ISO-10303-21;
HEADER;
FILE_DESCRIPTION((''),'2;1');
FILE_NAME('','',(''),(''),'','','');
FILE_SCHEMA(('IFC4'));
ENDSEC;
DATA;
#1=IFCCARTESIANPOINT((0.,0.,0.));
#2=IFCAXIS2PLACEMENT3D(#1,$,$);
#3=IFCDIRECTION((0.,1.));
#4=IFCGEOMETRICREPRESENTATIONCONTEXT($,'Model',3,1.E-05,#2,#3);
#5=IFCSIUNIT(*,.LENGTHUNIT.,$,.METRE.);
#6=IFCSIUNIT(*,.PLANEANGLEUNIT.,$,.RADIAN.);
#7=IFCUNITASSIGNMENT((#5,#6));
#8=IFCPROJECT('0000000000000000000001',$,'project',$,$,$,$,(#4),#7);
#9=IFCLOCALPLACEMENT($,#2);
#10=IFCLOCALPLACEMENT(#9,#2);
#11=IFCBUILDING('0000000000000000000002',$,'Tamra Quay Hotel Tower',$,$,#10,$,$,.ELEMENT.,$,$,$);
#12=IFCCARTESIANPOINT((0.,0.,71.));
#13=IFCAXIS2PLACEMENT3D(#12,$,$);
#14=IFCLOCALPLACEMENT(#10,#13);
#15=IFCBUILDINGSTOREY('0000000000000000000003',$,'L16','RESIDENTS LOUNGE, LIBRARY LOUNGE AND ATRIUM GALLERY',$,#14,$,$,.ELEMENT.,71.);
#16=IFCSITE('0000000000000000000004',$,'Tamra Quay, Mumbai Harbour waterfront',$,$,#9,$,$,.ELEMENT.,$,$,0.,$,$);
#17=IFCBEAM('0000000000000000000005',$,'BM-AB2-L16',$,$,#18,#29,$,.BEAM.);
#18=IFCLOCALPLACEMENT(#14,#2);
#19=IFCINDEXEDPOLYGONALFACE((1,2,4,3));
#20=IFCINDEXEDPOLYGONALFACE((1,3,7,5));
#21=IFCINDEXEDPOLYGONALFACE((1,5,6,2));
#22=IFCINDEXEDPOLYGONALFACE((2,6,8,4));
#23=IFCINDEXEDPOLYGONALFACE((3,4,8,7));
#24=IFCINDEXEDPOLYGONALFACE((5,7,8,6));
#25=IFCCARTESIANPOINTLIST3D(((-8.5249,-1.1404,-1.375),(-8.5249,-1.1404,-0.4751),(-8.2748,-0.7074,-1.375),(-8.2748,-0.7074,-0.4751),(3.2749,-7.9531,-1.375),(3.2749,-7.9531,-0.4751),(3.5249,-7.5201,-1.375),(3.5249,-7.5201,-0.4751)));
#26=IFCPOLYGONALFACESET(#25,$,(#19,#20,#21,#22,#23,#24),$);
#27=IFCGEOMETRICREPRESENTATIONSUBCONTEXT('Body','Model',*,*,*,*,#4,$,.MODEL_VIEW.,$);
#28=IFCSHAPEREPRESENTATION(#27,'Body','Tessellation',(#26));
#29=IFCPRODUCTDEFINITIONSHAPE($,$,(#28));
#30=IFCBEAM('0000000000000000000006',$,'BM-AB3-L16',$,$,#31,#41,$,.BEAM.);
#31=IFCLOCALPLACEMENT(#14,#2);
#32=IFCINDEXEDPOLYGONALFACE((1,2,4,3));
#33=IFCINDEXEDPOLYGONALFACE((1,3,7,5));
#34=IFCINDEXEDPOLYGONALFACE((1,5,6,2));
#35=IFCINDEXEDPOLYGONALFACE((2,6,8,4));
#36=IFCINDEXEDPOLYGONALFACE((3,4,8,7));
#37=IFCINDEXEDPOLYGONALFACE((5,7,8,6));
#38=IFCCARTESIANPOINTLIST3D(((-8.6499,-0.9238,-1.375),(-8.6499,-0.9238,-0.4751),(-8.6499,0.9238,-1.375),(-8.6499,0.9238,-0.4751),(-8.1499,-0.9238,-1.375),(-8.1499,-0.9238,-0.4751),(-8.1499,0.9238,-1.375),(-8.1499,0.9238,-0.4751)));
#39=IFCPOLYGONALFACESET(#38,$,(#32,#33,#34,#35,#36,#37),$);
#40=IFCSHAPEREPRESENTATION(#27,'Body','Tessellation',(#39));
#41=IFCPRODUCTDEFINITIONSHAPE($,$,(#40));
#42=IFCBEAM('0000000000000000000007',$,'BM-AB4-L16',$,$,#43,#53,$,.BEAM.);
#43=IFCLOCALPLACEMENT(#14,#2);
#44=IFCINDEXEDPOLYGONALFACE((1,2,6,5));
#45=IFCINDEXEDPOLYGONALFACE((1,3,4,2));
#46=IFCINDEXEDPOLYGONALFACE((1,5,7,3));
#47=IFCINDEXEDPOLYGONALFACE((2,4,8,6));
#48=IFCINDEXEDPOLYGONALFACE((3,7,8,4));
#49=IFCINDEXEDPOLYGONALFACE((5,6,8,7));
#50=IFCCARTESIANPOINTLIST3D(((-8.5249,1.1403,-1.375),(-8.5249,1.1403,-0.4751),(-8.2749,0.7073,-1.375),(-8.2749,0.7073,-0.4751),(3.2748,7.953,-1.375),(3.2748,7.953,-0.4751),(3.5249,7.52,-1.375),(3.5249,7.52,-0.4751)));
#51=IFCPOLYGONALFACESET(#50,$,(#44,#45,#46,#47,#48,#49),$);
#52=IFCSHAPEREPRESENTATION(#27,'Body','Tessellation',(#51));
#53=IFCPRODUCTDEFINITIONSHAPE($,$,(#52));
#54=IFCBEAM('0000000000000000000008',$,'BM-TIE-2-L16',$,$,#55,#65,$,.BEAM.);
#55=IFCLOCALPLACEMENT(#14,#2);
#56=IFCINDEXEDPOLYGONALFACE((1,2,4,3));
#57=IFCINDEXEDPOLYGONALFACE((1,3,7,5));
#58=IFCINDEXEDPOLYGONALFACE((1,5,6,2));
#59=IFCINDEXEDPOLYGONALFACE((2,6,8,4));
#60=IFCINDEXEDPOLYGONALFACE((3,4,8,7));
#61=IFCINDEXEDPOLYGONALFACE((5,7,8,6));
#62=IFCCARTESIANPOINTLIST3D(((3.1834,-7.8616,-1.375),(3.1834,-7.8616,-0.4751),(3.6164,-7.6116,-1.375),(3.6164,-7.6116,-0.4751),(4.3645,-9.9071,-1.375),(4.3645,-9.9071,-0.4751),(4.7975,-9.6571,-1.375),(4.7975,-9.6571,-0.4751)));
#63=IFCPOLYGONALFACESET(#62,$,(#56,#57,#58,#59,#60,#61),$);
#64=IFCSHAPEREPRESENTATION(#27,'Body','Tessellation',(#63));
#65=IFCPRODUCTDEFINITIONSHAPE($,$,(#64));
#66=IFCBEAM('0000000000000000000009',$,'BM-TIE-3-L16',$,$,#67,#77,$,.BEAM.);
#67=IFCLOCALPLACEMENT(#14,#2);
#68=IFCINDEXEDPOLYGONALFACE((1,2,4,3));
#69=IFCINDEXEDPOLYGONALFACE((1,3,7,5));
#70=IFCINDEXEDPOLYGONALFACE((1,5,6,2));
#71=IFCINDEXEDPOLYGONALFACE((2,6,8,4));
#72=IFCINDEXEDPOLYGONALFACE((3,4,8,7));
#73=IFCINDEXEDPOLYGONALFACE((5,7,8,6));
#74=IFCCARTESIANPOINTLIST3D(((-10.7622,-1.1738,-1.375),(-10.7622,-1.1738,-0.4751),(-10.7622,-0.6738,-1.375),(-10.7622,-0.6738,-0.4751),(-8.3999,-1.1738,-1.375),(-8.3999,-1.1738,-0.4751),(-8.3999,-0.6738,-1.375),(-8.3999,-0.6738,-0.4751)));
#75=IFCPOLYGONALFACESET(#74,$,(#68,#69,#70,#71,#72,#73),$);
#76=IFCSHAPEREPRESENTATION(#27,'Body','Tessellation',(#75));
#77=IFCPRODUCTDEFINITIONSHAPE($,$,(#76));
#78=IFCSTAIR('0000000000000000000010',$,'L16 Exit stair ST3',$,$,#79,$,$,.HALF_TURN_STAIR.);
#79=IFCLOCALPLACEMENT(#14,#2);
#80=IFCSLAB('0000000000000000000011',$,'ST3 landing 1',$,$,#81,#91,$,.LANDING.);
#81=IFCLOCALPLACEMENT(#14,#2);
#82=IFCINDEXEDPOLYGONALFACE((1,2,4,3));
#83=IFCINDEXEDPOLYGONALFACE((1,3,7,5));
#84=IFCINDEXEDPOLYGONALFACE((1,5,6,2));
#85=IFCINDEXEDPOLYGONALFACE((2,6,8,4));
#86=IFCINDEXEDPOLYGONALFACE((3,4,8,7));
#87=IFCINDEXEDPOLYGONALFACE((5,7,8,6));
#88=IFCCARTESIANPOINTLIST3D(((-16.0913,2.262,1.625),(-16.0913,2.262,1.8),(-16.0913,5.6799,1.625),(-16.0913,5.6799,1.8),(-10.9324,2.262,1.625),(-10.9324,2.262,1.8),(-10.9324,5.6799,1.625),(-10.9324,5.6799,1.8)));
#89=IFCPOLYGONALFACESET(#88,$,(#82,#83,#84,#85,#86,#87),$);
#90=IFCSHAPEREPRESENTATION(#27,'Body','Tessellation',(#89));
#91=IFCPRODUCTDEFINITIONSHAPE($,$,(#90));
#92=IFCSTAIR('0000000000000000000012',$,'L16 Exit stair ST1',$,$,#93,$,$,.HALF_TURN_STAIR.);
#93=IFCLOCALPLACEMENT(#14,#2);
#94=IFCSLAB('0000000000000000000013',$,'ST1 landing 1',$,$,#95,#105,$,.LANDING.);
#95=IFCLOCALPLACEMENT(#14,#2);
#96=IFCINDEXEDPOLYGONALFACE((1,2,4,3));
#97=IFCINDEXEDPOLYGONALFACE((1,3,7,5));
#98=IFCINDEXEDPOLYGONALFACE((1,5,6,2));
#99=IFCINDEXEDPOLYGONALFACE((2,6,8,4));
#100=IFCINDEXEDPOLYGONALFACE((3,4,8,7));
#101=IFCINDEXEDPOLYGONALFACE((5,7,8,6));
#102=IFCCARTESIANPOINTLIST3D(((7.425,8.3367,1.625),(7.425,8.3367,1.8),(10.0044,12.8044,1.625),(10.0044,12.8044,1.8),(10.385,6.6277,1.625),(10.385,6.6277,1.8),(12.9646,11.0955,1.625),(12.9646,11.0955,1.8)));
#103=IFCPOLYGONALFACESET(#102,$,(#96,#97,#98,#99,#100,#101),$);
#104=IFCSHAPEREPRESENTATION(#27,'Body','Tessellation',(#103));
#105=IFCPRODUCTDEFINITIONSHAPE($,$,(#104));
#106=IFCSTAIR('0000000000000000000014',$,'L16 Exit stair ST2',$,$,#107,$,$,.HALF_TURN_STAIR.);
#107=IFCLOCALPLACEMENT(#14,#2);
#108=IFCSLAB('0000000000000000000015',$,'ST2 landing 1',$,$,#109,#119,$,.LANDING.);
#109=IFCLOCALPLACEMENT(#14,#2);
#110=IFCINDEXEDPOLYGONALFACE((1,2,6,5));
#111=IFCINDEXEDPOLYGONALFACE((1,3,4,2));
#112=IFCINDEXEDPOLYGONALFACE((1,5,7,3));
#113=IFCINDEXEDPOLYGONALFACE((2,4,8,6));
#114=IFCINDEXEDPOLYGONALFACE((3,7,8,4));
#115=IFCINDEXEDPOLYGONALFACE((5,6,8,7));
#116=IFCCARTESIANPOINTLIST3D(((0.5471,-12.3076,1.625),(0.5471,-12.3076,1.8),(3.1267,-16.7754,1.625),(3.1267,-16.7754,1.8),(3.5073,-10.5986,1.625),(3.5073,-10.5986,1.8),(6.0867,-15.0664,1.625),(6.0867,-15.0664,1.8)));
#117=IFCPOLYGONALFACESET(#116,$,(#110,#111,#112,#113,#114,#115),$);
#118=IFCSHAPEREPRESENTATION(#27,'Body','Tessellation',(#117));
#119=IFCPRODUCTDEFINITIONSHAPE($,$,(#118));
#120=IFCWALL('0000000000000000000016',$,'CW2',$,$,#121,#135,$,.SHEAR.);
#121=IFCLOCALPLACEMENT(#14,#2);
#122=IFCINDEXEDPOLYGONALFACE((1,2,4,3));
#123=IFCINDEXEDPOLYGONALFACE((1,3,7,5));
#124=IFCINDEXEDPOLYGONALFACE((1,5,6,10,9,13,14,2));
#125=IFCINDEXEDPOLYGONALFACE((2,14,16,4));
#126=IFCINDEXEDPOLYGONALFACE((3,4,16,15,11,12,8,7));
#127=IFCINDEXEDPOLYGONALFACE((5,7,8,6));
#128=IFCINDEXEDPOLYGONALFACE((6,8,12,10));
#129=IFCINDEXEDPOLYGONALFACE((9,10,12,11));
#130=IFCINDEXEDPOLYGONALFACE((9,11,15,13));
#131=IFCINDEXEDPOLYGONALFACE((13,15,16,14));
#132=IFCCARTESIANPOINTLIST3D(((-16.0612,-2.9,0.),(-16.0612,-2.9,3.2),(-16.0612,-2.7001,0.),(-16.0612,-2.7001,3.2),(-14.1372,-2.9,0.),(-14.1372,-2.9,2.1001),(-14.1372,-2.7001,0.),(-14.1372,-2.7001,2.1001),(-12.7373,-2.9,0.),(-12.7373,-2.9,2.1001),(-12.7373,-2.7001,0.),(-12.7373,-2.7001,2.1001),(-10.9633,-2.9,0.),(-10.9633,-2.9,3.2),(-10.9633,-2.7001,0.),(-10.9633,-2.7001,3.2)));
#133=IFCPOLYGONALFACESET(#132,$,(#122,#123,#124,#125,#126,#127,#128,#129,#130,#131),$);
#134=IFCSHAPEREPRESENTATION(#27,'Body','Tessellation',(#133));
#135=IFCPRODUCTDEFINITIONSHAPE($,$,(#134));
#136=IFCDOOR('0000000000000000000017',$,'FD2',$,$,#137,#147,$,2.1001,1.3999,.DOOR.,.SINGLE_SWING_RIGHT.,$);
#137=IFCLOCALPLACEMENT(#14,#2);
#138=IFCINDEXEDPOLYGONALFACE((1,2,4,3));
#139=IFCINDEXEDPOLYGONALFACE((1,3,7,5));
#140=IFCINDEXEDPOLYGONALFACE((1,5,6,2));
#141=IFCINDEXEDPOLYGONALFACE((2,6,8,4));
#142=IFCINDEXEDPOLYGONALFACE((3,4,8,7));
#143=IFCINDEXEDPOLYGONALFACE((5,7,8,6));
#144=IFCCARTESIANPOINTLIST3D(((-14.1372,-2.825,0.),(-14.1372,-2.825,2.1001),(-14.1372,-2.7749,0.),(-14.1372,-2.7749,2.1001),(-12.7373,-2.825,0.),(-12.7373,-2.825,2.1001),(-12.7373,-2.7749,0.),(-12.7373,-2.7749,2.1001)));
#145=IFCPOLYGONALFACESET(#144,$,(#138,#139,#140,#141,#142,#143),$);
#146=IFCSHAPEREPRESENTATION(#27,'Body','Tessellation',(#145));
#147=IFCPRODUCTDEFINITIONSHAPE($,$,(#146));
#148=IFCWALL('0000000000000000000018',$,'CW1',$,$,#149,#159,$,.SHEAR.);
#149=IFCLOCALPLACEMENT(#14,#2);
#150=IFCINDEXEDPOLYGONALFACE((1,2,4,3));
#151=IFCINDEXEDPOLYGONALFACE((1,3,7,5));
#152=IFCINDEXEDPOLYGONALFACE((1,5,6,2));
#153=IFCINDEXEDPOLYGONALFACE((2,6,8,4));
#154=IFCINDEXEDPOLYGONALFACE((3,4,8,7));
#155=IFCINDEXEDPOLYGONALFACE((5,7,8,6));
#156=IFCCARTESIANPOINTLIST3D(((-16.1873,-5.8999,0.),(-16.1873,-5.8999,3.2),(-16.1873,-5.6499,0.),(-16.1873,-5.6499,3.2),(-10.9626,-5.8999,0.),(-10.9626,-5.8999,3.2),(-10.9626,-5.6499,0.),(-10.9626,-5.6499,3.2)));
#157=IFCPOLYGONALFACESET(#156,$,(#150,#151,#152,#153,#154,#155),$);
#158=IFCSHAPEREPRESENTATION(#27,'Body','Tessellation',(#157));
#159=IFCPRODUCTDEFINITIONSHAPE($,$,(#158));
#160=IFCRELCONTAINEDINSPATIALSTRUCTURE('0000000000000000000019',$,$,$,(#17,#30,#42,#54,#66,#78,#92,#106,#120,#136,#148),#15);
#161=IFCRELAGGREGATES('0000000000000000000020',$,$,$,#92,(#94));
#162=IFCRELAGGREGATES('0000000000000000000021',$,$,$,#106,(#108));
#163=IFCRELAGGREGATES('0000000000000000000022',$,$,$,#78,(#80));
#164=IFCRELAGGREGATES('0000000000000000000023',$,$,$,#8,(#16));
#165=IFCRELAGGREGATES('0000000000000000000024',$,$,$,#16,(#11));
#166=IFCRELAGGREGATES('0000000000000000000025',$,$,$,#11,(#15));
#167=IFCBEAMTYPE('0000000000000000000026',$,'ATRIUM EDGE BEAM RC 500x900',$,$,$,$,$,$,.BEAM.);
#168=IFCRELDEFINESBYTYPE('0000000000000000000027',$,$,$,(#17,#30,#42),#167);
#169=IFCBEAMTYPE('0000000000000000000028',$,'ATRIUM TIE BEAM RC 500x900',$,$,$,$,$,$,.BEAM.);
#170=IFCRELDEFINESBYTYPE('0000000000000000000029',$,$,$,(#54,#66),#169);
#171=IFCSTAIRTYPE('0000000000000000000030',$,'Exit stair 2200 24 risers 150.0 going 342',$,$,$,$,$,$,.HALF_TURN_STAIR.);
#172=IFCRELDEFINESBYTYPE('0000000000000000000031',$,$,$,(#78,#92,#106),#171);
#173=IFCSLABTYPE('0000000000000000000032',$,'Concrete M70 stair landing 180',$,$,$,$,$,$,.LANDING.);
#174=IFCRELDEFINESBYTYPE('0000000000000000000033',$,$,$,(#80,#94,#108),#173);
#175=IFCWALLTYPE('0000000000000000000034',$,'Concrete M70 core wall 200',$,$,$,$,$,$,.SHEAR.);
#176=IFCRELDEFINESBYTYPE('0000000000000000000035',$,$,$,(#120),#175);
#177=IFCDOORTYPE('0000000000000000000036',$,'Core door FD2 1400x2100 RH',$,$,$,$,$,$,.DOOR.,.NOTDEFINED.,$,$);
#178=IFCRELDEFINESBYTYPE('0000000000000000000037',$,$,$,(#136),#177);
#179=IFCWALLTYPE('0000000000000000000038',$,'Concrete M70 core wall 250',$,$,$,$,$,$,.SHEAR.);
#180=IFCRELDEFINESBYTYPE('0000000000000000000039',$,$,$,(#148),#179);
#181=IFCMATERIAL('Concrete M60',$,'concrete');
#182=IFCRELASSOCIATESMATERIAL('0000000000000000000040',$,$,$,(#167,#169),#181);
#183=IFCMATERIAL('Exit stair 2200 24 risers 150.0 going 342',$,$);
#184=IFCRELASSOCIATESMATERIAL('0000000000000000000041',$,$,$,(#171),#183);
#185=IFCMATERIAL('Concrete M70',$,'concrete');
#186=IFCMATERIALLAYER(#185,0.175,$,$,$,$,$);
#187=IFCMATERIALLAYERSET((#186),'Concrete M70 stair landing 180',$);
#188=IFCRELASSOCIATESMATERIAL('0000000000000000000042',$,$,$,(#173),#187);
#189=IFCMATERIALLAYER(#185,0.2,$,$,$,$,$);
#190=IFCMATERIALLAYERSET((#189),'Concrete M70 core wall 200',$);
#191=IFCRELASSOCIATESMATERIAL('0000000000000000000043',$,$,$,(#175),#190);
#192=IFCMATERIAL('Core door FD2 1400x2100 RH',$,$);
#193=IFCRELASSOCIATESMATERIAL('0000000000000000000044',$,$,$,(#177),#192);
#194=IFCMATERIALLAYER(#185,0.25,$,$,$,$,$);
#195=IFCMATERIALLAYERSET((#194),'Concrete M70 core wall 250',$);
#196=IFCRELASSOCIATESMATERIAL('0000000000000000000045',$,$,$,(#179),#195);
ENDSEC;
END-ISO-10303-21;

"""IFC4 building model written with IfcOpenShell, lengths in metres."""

from ifc_helpers import new_model, si_unit, direction, frame, frame_2d, origin, origin_2d, place, context, subcontext, project, spatial, polyline, rectangle, outline, extrude, material, layer, layer_set, material_profile, profile_set, type_object, element, fill, aggregate, save


model = new_model("IFC4")

# Units and contexts
model_context = context("Model", 3, precision=1e-05, world=origin(), true_north=direction((0.0, 1.0)))
body_context = subcontext(model_context, "Body", "Model", "MODEL_VIEW")
ifc_project = project(units=[si_unit("LENGTHUNIT", "METRE"), si_unit("PLANEANGLEUNIT", "RADIAN")], contexts=[model_context])

# Site, building, storey
site_placement = place(None, origin())
site = spatial("IfcSite", under=ifc_project, at=site_placement, Name="Tamra Quay, Mumbai Harbour waterfront", CompositionType="ELEMENT", RefElevation=0.0)
building_placement = place(site_placement, origin())
building = spatial("IfcBuilding", under=site, at=building_placement, Name="Tamra Quay Hotel Tower", CompositionType="ELEMENT")
storey_placement = place(building_placement, frame((0.0, 0.0, 71.0)))
storey = spatial("IfcBuildingStorey", under=building, at=storey_placement, Name="L16", Description="RESIDENTS LOUNGE, LIBRARY LOUNGE AND ATRIUM GALLERY", CompositionType="ELEMENT", Elevation=71.0)

# Beams
ifc_material_1 = material(Name="Concrete M60", Category="concrete")
ifc_material_profile_1 = material_profile(ifc_material_1, rectangle(XDim=0.5, YDim=0.8999, at=origin_2d()), Name="ATRIUM EDGE BEAM RC 500x900")
ifc_profile_set_1 = profile_set([ifc_material_profile_1], Name="Concrete M60")
beam_type_1 = type_object("IfcBeamType", Name="ATRIUM EDGE BEAM RC 500x900", PredefinedType="BEAM", material=ifc_profile_set_1)
beam_1_placement = place(storey_placement, frame((3.3999, -7.7366, -0.925), z_axis=(-0.866021, 0.500007, 0.0), x_axis=(-0.500007, -0.866021, 0.0)))
element("IfcBeam", 1, at=beam_1_placement, inside=storey, type_object=beam_type_1, Name="BM-AB2-L16", PredefinedType="BEAM", context=body_context, shape_type="SweptSolid", body=[
    extrude(rectangle(XDim=0.5, YDim=0.8999, at=origin_2d()), origin(), (0.0, 0.0, 1.0), 13.6252),
])
beam_2_placement = place(storey_placement, frame((-8.3999, -0.9238, -0.925), z_axis=(0.0, 1.0, 0.0), x_axis=(-1.0, 0.0, 0.0)))
element("IfcBeam", 2, at=beam_2_placement, inside=storey, type_object=beam_type_1, Name="BM-AB3-L16", PredefinedType="BEAM", context=body_context, shape_type="SweptSolid", body=[
    extrude(rectangle(XDim=0.5, YDim=0.8999, at=origin_2d()), origin(), (0.0, 0.0, 1.0), 1.8477),
])
beam_3_placement = place(storey_placement, frame((-8.3999, 0.9238, -0.925), z_axis=(0.866021, 0.500007, 0.0), x_axis=(-0.500007, 0.866021, 0.0)))
element("IfcBeam", 3, at=beam_3_placement, inside=storey, type_object=beam_type_1, Name="BM-AB4-L16", PredefinedType="BEAM", context=body_context, shape_type="SweptSolid", body=[
    extrude(rectangle(XDim=0.5, YDim=0.8999, at=origin_2d()), origin(), (0.0, 0.0, 1.0), 13.6252),
])
ifc_material_profile_2 = material_profile(ifc_material_1, rectangle(XDim=0.5, YDim=0.8999, at=origin_2d()), Name="ATRIUM TIE BEAM RC 500x900")
ifc_profile_set_2 = profile_set([ifc_material_profile_2], Name="Concrete M60")
beam_type_2 = type_object("IfcBeamType", Name="ATRIUM TIE BEAM RC 500x900", PredefinedType="BEAM", material=ifc_profile_set_2)
beam_4_placement = place(storey_placement, frame((3.3999, -7.7366, -0.925), z_axis=(0.50003, -0.866008, 0.0), x_axis=(0.866008, 0.50003, 0.0)))
element("IfcBeam", 4, at=beam_4_placement, inside=storey, type_object=beam_type_2, Name="BM-TIE-2-L16", PredefinedType="BEAM", context=body_context, shape_type="SweptSolid", body=[
    extrude(rectangle(XDim=0.5, YDim=0.8999, at=origin_2d()), origin(), (0.0, 0.0, 1.0), 2.3621),
])
beam_5_placement = place(storey_placement, frame((-8.3999, -0.9238, -0.925), z_axis=(-1.0, 0.0, 0.0), x_axis=(0.0, -1.0, 0.0)))
element("IfcBeam", 5, at=beam_5_placement, inside=storey, type_object=beam_type_2, Name="BM-TIE-3-L16", PredefinedType="BEAM", context=body_context, shape_type="SweptSolid", body=[
    extrude(rectangle(XDim=0.5, YDim=0.8999, at=origin_2d()), origin(), (0.0, 0.0, 1.0), 2.3623),
])

# Stairs, slabs
ifc_material_2 = material(Name="Exit stair 2200 24 risers 150.0 going 342")
stair_type = type_object("IfcStairType", Name="Exit stair 2200 24 risers 150.0 going 342", PredefinedType="HALF_TURN_STAIR", material=ifc_material_2)
stair_1_placement = place(storey_placement, origin())
stair_1 = element("IfcStair", 6, at=stair_1_placement, inside=storey, type_object=stair_type, Name="L16 Exit stair ST3", PredefinedType="HALF_TURN_STAIR")
ifc_material_3 = material(Name="Concrete M70", Category="concrete")
ifc_layer_1 = layer(ifc_material_3, 0.175)
ifc_layer_set_1 = layer_set([ifc_layer_1], Name="Concrete M70 stair landing 180")
slab_type_1 = type_object("IfcSlabType", Name="Concrete M70 stair landing 180", PredefinedType="LANDING", material=ifc_layer_set_1)
slab_1_placement = place(storey_placement, frame((0.0, 0.0, 1.625)))
slab_1 = element("IfcSlab", 7, at=slab_1_placement, type_object=slab_type_1, Name="ST3 landing 1", PredefinedType="LANDING", context=body_context, shape_type="SweptSolid", body=[
    extrude(outline(polyline([(-10.9324, 2.262), (-10.9324, 5.6799), (-16.0913, 5.6799), (-16.0913, 2.262), (-10.9324, 2.262)])), origin(), (0.0, 0.0, 1.0), 0.175),
])
stair_2_placement = place(storey_placement, origin())
stair_2 = element("IfcStair", 8, at=stair_2_placement, inside=storey, type_object=stair_type, Name="L16 Exit stair ST1", PredefinedType="HALF_TURN_STAIR")
slab_2_placement = place(storey_placement, frame((0.0, 0.0, 1.625)))
slab_2 = element("IfcSlab", 9, at=slab_2_placement, type_object=slab_type_1, Name="ST1 landing 1", PredefinedType="LANDING", context=body_context, shape_type="SweptSolid", body=[
    extrude(outline(polyline([(7.425, 8.3367), (10.385, 6.6277), (12.9646, 11.0955), (10.0044, 12.8044), (7.425, 8.3367)])), origin(), (0.0, 0.0, 1.0), 0.175),
])
aggregate(stair_2, [slab_2])
stair_3_placement = place(storey_placement, origin())
stair_3 = element("IfcStair", 10, at=stair_3_placement, inside=storey, type_object=stair_type, Name="L16 Exit stair ST2", PredefinedType="HALF_TURN_STAIR")
slab_3_placement = place(storey_placement, frame((0.0, 0.0, 1.625)))
slab_3 = element("IfcSlab", 11, at=slab_3_placement, type_object=slab_type_1, Name="ST2 landing 1", PredefinedType="LANDING", context=body_context, shape_type="SweptSolid", body=[
    extrude(outline(polyline([(3.5073, -10.5986), (0.5471, -12.3076), (3.1267, -16.7754), (6.0867, -15.0664), (3.5073, -10.5986)])), origin(), (0.0, 0.0, 1.0), 0.175),
])
aggregate(stair_3, [slab_3])

# Wall, opening, door
ifc_layer_2 = layer(ifc_material_3, 0.2)
ifc_layer_set_2 = layer_set([ifc_layer_2], Name="Concrete M70 core wall 200")
wall_type_1 = type_object("IfcWallType", Name="Concrete M70 core wall 200", PredefinedType="SHEAR", material=ifc_layer_set_2)
wall_1_placement = place(storey_placement, frame((-10.9634, -2.8, 0.0), z_axis=(0.0, 0.0, 1.0), x_axis=(-1.0, 0.0, 0.0)))
wall_1 = element("IfcWall", 12, at=wall_1_placement, inside=storey, type_object=wall_type_1, Name="CW2", PredefinedType="SHEAR", context=body_context, shape_type="SweptSolid", body=[
    extrude(rectangle(XDim=5.0979, YDim=0.2, at=frame_2d((2.5488, 0.0))), origin(), (0.0, 0.0, 1.0), 3.2),
])
opening_1_placement = place(wall_1_placement, frame((1.7739, 0.0, 0.0)))
opening_1 = element("IfcOpeningElement", 13, at=opening_1_placement, cuts=wall_1, PredefinedType="OPENING", context=body_context, shape_type="SweptSolid", body=[
    extrude(rectangle(XDim=1.3999, YDim=2.1001, at=frame_2d((0.7, 1.05))), frame((0.0, 0.1099, 0.0), z_axis=(0.0, -1.0, 0.0), x_axis=(1.0, 0.0, 0.0)), (0.0, 0.0, 1.0), 0.22),
])
ifc_material_4 = material(Name="Core door FD2 1400x2100 RH")
door_type_1 = type_object("IfcDoorType", Name="Core door FD2 1400x2100 RH", OperationType="NOTDEFINED", PredefinedType="DOOR", material=ifc_material_4)
door_1_placement = place(opening_1_placement, origin())
door_1 = element("IfcDoor", 14, at=door_1_placement, inside=storey, type_object=door_type_1, Name="FD2", OperationType="SINGLE_SWING_RIGHT", OverallHeight=2.1001, OverallWidth=1.3999, PredefinedType="DOOR", context=body_context, shape_type="SweptSolid", body=[
    extrude(rectangle(XDim=1.3999, YDim=2.1001, at=frame_2d((0.7, 1.05))), frame((0.0, 0.0249, 0.0), z_axis=(0.0, -1.0, 0.0), x_axis=(1.0, 0.0, 0.0)), (0.0, 0.0, 1.0), 0.05),
])
fill(opening_1, door_1)

# Wall
ifc_layer_3 = layer(ifc_material_3, 0.25)
ifc_layer_set_3 = layer_set([ifc_layer_3], Name="Concrete M70 core wall 250")
wall_type_2 = type_object("IfcWallType", Name="Concrete M70 core wall 250", PredefinedType="SHEAR", material=ifc_layer_set_3)
wall_2_placement = place(storey_placement, frame((-10.9626, -5.7749, 0.0), z_axis=(0.0, 0.0, 1.0), x_axis=(-1.0, 0.0, 0.0)))
element("IfcWall", 15, at=wall_2_placement, inside=storey, type_object=wall_type_2, Name="CW1", PredefinedType="SHEAR", context=body_context, shape_type="SweptSolid", body=[
    extrude(rectangle(XDim=5.2246, YDim=0.25, at=frame_2d((2.6123, 0.0))), origin(), (0.0, 0.0, 1.0), 3.2),
])

aggregate(stair_1, [slab_1])

save(model, "model.ifc")
